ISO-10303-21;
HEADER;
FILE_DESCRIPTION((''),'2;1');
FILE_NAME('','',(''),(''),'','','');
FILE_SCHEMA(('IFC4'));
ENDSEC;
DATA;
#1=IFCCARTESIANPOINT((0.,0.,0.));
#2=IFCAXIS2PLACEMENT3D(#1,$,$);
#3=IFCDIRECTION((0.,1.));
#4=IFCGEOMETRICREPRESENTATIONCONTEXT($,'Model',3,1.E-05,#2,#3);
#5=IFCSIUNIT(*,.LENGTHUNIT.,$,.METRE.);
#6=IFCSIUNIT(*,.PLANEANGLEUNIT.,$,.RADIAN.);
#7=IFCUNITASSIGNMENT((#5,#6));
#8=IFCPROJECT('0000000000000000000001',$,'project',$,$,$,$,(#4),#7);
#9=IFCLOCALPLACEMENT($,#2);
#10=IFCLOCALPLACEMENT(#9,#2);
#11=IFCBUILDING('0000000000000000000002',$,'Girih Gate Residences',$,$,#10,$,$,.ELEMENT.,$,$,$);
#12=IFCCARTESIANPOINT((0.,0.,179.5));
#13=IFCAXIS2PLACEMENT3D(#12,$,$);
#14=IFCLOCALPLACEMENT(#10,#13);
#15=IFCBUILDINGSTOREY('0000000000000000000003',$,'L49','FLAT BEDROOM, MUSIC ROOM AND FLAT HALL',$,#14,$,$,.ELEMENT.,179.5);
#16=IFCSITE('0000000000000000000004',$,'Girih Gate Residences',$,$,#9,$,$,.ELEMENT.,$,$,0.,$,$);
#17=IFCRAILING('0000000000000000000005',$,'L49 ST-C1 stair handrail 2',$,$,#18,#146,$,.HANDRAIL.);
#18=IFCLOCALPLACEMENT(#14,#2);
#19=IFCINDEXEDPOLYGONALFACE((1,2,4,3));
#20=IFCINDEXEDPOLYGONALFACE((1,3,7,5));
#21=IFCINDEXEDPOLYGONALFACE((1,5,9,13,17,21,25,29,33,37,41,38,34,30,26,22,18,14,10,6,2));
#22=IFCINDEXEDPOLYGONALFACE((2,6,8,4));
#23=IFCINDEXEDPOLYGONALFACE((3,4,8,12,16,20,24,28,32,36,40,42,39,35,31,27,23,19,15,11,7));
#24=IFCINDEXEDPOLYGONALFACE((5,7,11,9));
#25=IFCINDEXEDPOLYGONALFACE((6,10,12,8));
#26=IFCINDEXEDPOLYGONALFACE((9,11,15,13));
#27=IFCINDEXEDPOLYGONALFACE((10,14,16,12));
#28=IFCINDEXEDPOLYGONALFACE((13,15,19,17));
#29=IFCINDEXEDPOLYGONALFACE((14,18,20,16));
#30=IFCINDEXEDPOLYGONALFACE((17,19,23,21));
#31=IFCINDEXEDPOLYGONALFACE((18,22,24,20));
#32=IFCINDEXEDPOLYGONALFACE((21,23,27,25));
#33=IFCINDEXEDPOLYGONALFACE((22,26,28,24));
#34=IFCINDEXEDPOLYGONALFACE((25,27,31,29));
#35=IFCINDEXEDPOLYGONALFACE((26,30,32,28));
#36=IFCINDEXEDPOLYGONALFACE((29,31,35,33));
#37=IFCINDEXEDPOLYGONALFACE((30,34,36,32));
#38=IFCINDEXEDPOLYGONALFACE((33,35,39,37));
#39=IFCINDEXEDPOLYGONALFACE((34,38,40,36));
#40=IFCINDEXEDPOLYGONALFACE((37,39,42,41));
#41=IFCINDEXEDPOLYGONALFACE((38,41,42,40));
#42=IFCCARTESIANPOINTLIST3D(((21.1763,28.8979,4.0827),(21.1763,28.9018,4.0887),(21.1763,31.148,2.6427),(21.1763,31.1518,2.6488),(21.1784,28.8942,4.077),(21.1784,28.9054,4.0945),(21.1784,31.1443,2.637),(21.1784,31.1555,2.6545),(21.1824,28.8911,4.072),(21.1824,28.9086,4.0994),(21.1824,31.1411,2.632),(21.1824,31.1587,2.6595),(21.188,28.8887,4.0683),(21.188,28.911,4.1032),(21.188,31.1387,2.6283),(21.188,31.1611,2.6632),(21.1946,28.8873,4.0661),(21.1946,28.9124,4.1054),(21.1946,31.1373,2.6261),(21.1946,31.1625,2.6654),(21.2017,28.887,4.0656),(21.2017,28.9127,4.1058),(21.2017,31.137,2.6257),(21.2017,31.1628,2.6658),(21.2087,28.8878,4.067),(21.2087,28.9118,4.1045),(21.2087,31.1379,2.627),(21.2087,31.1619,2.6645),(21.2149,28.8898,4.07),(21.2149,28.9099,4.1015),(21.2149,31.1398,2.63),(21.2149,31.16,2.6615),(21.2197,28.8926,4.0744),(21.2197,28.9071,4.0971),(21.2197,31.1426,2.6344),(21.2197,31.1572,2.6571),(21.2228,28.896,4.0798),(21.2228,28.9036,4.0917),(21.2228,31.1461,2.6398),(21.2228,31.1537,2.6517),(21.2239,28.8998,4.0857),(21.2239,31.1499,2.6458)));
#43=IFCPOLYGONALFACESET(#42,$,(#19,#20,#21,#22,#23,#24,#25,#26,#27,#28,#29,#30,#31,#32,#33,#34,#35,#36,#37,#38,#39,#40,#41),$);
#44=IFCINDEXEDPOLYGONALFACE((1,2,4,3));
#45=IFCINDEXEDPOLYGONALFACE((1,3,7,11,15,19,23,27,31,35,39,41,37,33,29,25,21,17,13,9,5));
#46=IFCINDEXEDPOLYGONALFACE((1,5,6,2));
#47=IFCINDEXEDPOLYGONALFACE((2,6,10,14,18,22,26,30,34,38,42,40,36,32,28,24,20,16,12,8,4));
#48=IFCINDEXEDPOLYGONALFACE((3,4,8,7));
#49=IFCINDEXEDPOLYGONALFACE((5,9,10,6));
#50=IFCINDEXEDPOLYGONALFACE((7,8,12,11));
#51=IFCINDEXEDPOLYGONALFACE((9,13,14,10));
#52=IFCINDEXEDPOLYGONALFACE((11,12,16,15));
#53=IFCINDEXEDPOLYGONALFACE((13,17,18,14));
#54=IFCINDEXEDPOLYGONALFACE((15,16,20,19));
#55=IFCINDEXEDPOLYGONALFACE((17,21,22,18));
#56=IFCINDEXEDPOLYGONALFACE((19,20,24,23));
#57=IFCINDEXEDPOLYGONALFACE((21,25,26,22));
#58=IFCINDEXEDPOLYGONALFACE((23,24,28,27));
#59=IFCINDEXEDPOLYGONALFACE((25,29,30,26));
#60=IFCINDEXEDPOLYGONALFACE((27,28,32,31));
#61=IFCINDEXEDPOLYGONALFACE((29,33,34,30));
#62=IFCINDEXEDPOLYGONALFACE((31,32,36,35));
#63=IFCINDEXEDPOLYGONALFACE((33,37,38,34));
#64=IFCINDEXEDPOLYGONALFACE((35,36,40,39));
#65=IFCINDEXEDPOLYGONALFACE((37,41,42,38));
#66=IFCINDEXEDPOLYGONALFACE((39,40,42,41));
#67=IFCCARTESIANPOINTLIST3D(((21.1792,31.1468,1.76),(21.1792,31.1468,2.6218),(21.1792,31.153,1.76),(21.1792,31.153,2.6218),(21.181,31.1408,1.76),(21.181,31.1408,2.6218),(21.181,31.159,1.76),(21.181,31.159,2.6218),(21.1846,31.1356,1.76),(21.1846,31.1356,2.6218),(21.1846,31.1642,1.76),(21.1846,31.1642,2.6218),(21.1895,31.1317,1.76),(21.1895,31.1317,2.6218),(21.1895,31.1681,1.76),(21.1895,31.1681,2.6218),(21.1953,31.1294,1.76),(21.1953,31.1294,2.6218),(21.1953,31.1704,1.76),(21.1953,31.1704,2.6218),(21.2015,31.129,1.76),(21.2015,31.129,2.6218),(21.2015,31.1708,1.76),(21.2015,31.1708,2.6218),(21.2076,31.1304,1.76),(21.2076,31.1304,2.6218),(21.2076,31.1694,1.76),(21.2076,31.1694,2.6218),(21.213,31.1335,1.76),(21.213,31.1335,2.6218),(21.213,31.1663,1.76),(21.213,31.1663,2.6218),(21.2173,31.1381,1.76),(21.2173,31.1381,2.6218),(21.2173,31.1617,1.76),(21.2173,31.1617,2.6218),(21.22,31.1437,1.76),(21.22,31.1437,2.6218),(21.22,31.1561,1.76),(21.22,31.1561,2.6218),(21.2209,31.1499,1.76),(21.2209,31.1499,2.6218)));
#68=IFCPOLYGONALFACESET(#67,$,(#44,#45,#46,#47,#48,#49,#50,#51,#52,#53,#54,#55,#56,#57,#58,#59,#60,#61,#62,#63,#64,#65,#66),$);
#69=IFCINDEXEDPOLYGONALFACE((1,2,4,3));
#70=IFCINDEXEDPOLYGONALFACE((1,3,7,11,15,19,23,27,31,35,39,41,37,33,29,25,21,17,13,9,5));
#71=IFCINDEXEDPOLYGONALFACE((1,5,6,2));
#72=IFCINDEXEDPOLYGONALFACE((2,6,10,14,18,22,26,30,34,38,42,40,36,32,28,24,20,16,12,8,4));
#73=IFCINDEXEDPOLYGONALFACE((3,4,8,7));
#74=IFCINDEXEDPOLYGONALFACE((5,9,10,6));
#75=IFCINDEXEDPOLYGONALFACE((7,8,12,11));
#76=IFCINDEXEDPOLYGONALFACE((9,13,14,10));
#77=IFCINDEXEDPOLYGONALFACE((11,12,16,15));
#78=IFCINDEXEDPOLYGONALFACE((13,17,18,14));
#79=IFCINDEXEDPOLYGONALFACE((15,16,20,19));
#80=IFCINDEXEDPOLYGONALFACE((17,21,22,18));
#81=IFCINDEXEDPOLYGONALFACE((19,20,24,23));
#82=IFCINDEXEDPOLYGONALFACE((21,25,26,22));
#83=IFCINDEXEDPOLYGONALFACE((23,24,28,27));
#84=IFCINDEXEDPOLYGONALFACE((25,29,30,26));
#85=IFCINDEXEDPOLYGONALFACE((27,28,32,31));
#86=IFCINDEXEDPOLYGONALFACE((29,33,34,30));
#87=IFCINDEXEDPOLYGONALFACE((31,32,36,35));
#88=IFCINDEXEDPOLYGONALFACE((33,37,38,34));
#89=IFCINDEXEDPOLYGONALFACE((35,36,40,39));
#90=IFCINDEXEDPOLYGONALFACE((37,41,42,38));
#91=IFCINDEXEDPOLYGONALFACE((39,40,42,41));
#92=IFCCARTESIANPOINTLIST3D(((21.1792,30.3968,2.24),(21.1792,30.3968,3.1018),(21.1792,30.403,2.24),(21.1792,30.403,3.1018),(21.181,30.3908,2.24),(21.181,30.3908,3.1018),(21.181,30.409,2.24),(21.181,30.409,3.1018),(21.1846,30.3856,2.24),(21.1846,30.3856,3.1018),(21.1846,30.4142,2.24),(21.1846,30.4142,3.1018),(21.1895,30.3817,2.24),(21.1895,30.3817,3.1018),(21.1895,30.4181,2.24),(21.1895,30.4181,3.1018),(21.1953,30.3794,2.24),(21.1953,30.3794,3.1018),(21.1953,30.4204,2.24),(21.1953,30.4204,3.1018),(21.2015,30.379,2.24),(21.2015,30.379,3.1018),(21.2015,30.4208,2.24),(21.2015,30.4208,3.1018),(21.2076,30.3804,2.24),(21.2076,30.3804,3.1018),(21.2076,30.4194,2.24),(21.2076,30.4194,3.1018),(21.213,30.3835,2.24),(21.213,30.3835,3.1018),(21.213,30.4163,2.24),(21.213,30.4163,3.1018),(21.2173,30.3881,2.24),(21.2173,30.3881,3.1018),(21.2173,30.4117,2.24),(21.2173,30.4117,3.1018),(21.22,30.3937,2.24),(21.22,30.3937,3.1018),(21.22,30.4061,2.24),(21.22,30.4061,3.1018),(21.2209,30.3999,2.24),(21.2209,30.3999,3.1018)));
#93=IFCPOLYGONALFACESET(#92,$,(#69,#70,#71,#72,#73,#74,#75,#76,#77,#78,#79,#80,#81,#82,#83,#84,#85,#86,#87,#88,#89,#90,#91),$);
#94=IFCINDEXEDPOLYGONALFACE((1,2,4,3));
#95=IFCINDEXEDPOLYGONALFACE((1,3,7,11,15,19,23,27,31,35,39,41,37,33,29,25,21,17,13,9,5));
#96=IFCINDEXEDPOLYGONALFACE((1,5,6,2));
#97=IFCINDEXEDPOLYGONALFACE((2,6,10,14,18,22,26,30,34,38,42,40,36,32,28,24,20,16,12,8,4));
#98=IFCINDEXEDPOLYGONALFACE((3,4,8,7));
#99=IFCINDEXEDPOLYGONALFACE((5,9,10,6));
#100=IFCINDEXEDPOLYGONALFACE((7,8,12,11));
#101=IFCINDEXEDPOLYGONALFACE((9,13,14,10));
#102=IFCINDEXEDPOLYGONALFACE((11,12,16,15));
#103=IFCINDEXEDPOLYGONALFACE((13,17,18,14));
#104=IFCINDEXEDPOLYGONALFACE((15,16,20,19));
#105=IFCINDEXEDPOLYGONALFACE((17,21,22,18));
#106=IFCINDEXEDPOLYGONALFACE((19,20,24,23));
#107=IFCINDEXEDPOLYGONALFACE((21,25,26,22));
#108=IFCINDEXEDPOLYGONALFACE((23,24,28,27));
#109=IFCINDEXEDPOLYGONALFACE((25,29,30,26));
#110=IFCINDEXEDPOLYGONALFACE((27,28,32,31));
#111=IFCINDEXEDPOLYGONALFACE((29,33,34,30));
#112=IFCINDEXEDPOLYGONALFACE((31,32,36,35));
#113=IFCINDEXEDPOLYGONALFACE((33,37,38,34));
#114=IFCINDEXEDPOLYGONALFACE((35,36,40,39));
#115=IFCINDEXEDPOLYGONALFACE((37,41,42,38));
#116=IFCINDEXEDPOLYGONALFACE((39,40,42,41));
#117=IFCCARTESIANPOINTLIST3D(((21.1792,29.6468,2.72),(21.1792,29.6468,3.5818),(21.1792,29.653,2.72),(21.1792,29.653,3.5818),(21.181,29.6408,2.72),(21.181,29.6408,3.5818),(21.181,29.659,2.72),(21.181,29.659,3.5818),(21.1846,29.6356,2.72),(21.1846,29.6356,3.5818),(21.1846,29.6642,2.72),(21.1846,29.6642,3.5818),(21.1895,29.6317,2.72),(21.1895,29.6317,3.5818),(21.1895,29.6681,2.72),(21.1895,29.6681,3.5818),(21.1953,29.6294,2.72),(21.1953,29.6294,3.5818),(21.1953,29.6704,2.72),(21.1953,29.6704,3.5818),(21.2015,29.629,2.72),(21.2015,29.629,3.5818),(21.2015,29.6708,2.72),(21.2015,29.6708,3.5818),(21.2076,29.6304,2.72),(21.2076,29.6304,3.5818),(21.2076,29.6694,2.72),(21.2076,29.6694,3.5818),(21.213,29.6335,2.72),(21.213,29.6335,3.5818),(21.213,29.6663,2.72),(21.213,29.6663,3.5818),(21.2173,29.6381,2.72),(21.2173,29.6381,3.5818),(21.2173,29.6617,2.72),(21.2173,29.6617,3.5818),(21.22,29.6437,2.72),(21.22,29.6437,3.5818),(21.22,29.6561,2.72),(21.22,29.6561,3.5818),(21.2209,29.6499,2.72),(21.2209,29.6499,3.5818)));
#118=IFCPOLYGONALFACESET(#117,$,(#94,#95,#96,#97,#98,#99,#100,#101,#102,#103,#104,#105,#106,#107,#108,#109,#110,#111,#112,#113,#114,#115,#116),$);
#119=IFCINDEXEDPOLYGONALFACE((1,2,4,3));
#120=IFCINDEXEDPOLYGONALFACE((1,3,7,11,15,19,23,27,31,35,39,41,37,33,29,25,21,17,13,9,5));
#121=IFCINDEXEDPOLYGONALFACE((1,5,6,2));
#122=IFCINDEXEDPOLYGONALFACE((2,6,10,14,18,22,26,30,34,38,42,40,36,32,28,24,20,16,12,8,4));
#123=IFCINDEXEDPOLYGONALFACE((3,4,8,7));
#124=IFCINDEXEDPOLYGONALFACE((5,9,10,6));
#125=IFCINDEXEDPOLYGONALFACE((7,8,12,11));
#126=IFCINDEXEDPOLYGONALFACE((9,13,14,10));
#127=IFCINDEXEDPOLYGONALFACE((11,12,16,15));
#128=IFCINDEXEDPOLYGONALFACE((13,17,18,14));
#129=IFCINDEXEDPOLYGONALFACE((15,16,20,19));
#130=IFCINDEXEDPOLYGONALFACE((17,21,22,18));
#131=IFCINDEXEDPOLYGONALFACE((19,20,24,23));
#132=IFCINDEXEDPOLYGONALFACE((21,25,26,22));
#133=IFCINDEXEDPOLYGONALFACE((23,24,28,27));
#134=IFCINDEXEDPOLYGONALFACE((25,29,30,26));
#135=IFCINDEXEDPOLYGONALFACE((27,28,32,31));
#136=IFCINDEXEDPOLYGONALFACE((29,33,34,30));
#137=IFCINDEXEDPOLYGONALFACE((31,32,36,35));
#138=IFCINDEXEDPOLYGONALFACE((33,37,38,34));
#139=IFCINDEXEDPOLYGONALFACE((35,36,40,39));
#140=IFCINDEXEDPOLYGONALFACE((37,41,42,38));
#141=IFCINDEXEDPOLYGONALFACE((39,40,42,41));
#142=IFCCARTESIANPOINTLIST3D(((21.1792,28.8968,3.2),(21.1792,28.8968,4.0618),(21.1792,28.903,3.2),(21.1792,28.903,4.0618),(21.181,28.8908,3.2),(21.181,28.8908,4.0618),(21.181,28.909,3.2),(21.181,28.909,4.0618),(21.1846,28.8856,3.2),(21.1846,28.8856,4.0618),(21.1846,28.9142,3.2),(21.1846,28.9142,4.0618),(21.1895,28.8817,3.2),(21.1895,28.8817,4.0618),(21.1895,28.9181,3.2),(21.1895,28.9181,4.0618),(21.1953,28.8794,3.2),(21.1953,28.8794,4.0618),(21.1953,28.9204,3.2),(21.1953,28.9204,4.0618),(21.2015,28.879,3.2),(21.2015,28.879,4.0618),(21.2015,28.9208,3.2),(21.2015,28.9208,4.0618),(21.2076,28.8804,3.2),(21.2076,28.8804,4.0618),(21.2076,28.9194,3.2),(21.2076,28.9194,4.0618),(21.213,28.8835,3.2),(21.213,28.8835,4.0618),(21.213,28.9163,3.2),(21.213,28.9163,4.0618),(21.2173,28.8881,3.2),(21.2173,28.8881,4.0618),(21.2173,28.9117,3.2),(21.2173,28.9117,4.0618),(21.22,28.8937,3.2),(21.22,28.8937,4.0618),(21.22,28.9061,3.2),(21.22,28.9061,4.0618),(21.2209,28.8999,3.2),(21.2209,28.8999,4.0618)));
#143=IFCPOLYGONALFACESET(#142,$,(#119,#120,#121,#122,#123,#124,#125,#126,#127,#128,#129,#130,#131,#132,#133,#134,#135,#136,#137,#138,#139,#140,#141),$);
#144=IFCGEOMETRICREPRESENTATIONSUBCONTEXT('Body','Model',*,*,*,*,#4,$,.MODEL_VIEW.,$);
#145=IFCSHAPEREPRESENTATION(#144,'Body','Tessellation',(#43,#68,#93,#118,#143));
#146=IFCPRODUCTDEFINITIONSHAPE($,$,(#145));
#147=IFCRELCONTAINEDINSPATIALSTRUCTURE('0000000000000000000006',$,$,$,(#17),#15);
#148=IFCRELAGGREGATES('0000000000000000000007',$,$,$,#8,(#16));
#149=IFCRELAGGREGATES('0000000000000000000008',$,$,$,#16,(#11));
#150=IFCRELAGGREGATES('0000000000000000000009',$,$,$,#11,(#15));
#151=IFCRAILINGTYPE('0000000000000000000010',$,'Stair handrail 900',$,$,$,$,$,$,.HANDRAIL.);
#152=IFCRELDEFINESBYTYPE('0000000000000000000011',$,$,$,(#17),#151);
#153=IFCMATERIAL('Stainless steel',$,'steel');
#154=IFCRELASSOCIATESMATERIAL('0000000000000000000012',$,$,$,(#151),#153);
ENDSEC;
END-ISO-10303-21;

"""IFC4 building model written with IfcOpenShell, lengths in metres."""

from ifc_helpers import new_model, si_unit, direction, frame, origin, origin_2d, place, context, subcontext, project, spatial, circle, extrude, material, type_object, element, save


model = new_model("IFC4")

# Units and contexts
model_context = context("Model", 3, precision=1e-05, world=origin(), true_north=direction((0.0, 1.0)))
body_context = subcontext(model_context, "Body", "Model", "MODEL_VIEW")
ifc_project = project(units=[si_unit("LENGTHUNIT", "METRE"), si_unit("PLANEANGLEUNIT", "RADIAN")], contexts=[model_context])

# Site, building, storey
site_placement = place(None, origin())
site = spatial("IfcSite", under=ifc_project, at=site_placement, Name="Girih Gate Residences", CompositionType="ELEMENT", RefElevation=0.0)
building_placement = place(site_placement, origin())
building = spatial("IfcBuilding", under=site, at=building_placement, Name="Girih Gate Residences", CompositionType="ELEMENT")
storey_placement = place(building_placement, frame((0.0, 0.0, 179.5)))
storey = spatial("IfcBuildingStorey", under=building, at=storey_placement, Name="L49", Description="FLAT BEDROOM, MUSIC ROOM AND FLAT HALL", CompositionType="ELEMENT", Elevation=179.5)

# Railing
ifc_material_1 = material(Name="Stainless steel", Category="steel")
railing_type_1 = type_object("IfcRailingType", Name="Stair handrail 900", PredefinedType="HANDRAIL", material=ifc_material_1)
railing_1_placement = place(storey_placement, frame((21.2, 31.1499, 1.76)))
element("IfcRailing", 1, at=railing_1_placement, inside=storey, type_object=railing_type_1, Name="L49 ST-C1 stair handrail 2", PredefinedType="HANDRAIL", context=body_context, shape_type="SweptSolid", body=[
    extrude(circle(Radius=0.0239, at=origin_2d()), frame((0.0, 0.0, 0.8857), z_axis=(0.0, -0.842281, 0.539038), x_axis=(1.0, 0.0, 0.0)), (0.0, 0.0, 1.0), 2.6714),
    extrude(circle(Radius=0.021, at=origin_2d()), origin(), (0.0, 0.0, 1.0), 0.8618),
    extrude(circle(Radius=0.021, at=origin_2d()), frame((0.0, -0.75, 0.48)), (0.0, 0.0, 1.0), 0.8618),
    extrude(circle(Radius=0.021, at=origin_2d()), frame((0.0, -1.5, 0.96)), (0.0, 0.0, 1.0), 0.8618),
    extrude(circle(Radius=0.021, at=origin_2d()), frame((0.0, -2.25, 1.4399)), (0.0, 0.0, 1.0), 0.8618),
])

save(model, "model.ifc")
